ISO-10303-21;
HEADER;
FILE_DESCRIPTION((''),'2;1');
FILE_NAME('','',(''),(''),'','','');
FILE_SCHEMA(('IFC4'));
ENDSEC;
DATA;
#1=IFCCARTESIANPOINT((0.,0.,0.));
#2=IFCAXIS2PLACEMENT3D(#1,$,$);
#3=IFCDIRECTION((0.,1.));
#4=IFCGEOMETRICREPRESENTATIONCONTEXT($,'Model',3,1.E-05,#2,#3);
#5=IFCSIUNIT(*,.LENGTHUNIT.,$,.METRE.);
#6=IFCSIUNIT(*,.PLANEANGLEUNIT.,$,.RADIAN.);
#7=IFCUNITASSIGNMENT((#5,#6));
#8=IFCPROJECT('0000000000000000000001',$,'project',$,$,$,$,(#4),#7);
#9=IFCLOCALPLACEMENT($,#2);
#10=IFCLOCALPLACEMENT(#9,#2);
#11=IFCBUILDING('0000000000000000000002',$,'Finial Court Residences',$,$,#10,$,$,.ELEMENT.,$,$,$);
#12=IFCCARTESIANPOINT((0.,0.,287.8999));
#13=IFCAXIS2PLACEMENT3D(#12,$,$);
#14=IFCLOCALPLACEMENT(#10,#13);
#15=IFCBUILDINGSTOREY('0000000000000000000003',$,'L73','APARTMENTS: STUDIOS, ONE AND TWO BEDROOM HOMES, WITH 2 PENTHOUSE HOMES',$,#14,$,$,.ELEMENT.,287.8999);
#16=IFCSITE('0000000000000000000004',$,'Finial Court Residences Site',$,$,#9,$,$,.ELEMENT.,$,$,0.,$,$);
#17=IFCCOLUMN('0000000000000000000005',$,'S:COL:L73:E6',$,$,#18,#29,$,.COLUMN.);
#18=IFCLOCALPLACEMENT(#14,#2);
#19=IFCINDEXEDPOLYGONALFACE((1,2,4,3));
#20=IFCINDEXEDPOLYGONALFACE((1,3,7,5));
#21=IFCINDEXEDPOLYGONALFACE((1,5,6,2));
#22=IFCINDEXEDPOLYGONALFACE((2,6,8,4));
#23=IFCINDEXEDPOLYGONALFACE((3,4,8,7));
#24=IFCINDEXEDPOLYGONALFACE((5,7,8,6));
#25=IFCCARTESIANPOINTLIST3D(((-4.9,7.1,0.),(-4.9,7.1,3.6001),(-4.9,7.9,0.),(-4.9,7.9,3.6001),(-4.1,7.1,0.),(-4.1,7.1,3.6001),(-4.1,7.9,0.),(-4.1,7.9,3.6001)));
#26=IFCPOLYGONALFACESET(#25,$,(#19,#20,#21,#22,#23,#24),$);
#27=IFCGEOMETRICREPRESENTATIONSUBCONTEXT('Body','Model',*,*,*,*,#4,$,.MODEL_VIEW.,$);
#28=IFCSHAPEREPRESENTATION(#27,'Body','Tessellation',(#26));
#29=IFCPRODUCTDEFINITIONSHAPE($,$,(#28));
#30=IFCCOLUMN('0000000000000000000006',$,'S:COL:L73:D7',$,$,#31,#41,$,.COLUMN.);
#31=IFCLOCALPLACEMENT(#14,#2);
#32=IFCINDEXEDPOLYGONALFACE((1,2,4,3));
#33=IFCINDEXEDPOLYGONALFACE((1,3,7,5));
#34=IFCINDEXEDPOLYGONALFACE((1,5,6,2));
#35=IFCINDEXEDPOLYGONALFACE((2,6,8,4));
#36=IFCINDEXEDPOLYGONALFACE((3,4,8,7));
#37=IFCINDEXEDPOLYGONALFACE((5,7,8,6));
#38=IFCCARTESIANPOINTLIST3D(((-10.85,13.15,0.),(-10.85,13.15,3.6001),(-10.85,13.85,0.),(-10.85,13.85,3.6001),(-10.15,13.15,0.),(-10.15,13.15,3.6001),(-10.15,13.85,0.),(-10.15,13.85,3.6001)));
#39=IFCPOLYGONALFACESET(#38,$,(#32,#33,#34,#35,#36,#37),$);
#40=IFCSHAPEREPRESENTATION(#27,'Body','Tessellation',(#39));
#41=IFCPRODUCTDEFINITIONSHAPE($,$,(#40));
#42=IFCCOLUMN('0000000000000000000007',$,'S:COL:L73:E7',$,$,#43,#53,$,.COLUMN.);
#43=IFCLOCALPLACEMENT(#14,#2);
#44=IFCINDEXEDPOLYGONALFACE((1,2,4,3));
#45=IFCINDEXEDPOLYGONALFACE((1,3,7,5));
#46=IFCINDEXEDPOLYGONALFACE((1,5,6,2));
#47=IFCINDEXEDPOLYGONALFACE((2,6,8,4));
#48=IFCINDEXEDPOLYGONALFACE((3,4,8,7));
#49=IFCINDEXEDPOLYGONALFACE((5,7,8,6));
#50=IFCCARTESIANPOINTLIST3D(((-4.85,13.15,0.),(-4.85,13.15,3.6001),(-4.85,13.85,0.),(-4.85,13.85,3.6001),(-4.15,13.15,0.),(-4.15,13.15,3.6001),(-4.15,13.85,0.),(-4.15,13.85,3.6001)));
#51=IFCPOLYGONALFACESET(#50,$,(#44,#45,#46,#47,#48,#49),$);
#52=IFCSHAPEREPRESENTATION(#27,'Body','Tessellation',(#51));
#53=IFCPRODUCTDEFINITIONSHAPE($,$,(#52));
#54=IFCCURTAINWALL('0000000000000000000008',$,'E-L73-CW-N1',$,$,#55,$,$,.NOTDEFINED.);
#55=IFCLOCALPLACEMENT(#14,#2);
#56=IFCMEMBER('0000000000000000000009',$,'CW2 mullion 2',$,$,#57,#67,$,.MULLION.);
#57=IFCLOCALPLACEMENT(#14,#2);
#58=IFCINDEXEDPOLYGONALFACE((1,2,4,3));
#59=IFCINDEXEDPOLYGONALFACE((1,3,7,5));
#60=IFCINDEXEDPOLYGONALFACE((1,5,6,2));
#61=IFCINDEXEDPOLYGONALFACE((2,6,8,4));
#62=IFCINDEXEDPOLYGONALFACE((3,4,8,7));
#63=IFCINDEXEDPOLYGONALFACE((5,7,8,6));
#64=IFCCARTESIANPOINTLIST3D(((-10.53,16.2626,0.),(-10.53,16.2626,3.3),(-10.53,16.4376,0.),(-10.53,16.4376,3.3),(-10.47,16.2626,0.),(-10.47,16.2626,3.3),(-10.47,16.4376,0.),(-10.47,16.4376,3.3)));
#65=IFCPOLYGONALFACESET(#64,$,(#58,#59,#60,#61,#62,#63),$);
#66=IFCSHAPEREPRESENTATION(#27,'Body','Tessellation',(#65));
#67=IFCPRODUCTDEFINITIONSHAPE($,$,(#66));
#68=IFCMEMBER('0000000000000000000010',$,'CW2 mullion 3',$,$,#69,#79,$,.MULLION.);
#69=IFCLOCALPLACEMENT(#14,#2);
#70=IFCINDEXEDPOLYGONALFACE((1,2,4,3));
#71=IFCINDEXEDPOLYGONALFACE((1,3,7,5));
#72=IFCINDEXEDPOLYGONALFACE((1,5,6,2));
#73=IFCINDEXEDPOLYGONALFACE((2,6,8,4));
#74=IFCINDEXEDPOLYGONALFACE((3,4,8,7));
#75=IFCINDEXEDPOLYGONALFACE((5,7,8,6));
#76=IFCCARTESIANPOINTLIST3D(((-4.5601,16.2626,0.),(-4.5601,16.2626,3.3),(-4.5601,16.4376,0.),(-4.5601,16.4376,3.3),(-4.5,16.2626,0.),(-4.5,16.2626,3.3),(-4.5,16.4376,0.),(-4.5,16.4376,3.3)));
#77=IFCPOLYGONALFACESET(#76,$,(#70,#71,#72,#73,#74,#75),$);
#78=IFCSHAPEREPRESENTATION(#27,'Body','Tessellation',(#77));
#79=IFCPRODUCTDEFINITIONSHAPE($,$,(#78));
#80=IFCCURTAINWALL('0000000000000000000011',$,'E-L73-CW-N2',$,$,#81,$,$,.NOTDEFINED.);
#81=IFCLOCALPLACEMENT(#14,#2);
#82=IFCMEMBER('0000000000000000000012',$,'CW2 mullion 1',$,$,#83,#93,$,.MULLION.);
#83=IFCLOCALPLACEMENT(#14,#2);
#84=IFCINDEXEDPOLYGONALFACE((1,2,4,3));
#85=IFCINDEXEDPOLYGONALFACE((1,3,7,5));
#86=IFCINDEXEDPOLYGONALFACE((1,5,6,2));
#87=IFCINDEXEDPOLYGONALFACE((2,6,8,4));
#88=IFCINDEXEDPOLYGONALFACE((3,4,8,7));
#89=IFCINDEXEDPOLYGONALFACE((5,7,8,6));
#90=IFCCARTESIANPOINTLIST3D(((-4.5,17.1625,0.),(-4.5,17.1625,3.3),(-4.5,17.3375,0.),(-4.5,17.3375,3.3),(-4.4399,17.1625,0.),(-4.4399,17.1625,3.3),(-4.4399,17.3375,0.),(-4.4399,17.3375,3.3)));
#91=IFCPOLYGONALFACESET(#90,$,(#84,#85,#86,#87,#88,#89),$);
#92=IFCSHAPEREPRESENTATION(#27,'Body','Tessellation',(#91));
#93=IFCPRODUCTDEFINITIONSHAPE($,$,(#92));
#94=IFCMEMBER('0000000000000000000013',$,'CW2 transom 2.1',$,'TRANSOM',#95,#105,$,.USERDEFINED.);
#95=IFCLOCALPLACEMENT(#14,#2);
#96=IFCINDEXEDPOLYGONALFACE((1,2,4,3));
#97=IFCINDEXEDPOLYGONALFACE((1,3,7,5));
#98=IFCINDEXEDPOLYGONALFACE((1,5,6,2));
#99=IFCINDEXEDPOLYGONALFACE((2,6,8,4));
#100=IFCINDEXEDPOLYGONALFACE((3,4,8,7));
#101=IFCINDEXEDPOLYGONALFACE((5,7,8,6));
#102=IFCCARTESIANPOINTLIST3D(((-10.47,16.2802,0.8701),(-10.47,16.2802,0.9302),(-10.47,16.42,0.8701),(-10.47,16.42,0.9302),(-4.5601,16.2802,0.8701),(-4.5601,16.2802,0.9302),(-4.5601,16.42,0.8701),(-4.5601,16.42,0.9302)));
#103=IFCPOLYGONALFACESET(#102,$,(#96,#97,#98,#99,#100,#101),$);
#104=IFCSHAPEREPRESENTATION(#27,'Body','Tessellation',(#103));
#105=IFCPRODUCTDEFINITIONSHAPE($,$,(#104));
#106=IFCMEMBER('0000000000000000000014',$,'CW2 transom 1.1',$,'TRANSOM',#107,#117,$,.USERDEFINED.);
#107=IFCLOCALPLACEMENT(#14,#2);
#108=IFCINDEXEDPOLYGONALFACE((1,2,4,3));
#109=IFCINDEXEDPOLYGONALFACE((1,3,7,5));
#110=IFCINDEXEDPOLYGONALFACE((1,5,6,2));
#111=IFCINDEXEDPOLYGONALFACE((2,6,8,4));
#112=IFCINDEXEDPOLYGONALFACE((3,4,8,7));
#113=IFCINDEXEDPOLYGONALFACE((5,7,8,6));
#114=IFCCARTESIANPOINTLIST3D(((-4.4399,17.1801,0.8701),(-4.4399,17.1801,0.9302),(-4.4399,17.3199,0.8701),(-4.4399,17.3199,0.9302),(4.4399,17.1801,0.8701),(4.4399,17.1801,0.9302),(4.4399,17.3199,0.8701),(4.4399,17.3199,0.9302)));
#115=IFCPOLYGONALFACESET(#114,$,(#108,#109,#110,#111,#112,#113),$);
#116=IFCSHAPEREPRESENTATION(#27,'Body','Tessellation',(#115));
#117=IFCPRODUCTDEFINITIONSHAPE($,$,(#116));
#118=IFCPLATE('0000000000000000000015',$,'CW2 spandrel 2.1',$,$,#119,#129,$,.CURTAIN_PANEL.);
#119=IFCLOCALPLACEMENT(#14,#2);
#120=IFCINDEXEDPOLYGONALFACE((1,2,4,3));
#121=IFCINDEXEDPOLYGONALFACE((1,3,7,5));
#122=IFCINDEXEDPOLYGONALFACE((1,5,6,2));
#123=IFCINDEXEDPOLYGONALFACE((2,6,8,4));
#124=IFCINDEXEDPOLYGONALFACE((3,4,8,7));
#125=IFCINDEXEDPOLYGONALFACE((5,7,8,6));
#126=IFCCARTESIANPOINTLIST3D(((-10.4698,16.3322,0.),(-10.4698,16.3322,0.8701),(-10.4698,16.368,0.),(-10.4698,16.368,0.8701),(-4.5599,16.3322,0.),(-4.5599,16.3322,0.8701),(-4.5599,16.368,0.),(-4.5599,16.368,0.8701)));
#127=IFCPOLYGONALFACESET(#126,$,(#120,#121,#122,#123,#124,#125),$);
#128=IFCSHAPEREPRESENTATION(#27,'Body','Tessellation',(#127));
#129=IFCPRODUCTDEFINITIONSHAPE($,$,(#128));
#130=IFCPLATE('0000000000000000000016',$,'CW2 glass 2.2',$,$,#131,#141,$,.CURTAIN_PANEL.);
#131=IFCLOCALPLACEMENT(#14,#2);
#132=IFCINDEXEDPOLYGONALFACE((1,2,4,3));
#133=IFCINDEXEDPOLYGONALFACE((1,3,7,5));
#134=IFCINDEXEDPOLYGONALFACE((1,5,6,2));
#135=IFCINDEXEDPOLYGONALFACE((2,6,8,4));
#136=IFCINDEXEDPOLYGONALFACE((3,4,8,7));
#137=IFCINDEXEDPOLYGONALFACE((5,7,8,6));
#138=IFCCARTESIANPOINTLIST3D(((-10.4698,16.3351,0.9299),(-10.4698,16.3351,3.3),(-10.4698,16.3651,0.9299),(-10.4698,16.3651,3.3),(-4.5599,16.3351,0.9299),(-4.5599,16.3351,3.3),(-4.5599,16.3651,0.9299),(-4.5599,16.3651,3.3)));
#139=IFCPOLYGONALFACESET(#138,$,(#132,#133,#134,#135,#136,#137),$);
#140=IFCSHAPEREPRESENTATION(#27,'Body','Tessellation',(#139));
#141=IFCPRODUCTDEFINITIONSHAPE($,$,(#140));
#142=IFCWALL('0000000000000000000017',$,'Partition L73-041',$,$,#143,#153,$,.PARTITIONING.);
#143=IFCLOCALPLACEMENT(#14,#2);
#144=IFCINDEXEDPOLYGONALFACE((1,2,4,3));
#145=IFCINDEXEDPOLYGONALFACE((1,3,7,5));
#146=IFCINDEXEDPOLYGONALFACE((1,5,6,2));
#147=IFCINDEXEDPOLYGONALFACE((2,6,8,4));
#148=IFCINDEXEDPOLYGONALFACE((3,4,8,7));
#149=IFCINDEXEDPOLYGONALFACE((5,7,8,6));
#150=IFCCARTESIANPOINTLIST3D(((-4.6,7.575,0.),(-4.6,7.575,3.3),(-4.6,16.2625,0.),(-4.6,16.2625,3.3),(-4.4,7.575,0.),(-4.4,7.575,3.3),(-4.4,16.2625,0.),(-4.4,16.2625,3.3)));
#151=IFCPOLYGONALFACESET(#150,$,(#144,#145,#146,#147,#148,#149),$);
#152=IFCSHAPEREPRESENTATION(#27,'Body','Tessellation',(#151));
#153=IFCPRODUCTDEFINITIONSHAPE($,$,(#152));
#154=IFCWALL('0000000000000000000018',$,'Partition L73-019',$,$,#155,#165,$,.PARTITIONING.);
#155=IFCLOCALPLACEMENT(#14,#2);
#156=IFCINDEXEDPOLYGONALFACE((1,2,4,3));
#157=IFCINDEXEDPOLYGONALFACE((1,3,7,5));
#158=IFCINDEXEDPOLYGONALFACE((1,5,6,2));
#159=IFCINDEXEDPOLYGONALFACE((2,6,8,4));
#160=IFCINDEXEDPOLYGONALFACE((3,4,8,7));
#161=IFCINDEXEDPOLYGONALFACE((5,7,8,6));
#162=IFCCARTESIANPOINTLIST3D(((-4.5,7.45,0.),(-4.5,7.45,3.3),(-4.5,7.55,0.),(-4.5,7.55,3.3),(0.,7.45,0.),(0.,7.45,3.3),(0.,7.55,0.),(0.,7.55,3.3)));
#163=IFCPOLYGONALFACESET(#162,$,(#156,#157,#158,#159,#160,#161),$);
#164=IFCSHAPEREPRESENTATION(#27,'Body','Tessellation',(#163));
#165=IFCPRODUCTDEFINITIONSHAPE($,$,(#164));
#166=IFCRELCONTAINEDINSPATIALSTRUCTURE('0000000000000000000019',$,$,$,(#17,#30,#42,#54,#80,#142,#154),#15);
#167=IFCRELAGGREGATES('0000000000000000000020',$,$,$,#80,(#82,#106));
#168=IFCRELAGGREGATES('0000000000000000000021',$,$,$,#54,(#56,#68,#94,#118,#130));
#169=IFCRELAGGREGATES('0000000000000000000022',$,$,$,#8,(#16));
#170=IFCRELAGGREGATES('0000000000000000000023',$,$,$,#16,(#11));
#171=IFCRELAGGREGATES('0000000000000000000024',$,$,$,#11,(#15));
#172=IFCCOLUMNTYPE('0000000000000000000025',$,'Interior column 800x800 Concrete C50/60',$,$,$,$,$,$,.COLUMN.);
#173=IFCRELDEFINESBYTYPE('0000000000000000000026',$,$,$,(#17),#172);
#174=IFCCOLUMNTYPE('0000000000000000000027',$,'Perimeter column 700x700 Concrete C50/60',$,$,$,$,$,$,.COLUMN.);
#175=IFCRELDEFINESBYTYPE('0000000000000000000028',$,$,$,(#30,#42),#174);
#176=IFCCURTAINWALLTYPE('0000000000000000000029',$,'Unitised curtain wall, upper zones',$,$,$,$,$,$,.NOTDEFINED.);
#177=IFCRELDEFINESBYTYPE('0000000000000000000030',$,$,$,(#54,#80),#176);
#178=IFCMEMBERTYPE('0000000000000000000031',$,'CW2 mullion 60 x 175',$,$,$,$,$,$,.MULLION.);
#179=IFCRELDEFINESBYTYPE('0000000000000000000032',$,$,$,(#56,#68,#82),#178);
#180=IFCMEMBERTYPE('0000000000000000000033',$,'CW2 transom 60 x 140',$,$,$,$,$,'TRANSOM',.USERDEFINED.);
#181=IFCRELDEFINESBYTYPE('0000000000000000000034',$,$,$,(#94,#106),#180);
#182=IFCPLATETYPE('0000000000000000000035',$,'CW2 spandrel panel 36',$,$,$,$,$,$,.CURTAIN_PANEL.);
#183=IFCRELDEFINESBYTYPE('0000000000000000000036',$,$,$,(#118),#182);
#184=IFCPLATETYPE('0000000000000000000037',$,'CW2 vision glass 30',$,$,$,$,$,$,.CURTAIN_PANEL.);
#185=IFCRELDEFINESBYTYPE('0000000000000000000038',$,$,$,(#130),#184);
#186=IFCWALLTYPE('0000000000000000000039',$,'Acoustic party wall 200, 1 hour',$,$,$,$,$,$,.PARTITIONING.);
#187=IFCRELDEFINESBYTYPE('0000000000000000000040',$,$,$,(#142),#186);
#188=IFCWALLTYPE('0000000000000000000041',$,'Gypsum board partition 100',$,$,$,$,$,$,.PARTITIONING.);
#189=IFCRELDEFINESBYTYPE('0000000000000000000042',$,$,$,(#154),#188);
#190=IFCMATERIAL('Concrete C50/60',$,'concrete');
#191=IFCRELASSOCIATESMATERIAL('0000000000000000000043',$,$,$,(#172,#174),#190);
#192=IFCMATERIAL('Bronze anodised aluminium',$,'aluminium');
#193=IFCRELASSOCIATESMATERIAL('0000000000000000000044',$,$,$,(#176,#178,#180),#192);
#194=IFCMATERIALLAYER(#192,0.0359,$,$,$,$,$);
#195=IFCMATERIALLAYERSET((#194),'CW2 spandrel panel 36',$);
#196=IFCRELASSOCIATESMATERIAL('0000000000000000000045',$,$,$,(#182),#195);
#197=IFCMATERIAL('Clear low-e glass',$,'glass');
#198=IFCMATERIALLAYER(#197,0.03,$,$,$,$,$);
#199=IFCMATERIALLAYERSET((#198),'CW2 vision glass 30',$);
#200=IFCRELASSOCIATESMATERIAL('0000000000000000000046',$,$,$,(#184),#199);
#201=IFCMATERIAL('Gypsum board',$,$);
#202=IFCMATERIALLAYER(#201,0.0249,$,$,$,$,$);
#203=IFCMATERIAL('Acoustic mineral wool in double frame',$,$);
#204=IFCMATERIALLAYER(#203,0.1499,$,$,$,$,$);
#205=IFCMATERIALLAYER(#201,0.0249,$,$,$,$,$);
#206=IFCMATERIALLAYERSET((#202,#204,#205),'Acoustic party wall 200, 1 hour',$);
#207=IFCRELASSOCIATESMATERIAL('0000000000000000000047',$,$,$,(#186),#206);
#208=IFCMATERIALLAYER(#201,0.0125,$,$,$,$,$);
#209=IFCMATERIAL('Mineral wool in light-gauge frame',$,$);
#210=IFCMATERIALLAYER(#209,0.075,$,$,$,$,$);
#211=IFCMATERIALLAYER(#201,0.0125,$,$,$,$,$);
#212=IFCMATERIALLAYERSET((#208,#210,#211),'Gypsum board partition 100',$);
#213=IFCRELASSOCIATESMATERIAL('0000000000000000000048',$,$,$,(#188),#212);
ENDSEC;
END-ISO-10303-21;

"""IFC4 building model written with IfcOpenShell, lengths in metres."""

from ifc_helpers import new_model, si_unit, direction, frame, frame_2d, origin, origin_2d, place, context, subcontext, project, spatial, rectangle, extrude, material, layer, layer_set, material_profile, profile_set, type_object, element, aggregate, save


model = new_model("IFC4")

# Units and contexts
model_context = context("Model", 3, precision=1e-05, world=origin(), true_north=direction((0.0, 1.0)))
body_context = subcontext(model_context, "Body", "Model", "MODEL_VIEW")
ifc_project = project(units=[si_unit("LENGTHUNIT", "METRE"), si_unit("PLANEANGLEUNIT", "RADIAN")], contexts=[model_context])

# Site, building, storey
site_placement = place(None, origin())
site = spatial("IfcSite", under=ifc_project, at=site_placement, Name="Finial Court Residences Site", CompositionType="ELEMENT", RefElevation=0.0)
building_placement = place(site_placement, origin())
building = spatial("IfcBuilding", under=site, at=building_placement, Name="Finial Court Residences", CompositionType="ELEMENT")
storey_placement = place(building_placement, frame((0.0, 0.0, 287.8999)))
storey = spatial("IfcBuildingStorey", under=building, at=storey_placement, Name="L73", Description="APARTMENTS: STUDIOS, ONE AND TWO BEDROOM HOMES, WITH 2 PENTHOUSE HOMES", CompositionType="ELEMENT", Elevation=287.8999)

# Columns
ifc_material_1 = material(Name="Concrete C50/60", Category="concrete")
ifc_material_profile_1 = material_profile(ifc_material_1, rectangle(XDim=0.8, YDim=0.8, at=origin_2d()), Name="800x800")
ifc_profile_set_1 = profile_set([ifc_material_profile_1], Name="Concrete C50/60")
column_type_1 = type_object("IfcColumnType", Name="Interior column 800x800 Concrete C50/60", PredefinedType="COLUMN", material=ifc_profile_set_1)
column_placement = place(storey_placement, frame((-4.5, 7.5, 0.0), z_axis=(0.0, 0.0, 1.0), x_axis=(1.0, 0.0, 0.0)))
element("IfcColumn", 1, at=column_placement, inside=storey, type_object=column_type_1, Name="S:COL:L73:E6", PredefinedType="COLUMN", context=body_context, shape_type="SweptSolid", body=[
    extrude(rectangle(XDim=0.8, YDim=0.8, at=origin_2d()), origin(), (0.0, 0.0, 1.0), 3.6001),
])
ifc_material_profile_2 = material_profile(ifc_material_1, rectangle(XDim=0.7, YDim=0.7, at=origin_2d()), Name="700x700")
ifc_profile_set_2 = profile_set([ifc_material_profile_2], Name="Concrete C50/60")
column_type_2 = type_object("IfcColumnType", Name="Perimeter column 700x700 Concrete C50/60", PredefinedType="COLUMN", material=ifc_profile_set_2)
for number, where, z_axis, x_axis, name in (
    (2, (-10.5, 13.5, 0.0), (0.0, 0.0, 1.0), (1.0, 0.0, 0.0), "S:COL:L73:D7"),
    (3, (-4.5, 13.5, 0.0), (0.0, 0.0, 1.0), (1.0, 0.0, 0.0), "S:COL:L73:E7"),
):
    element("IfcColumn", number, at=place(storey_placement, frame(where, z_axis=z_axis, x_axis=x_axis)), inside=storey, type_object=column_type_2, Name=name, PredefinedType="COLUMN", context=body_context, shape_type="SweptSolid", body=[
        extrude(rectangle(XDim=0.7, YDim=0.7, at=origin_2d()), origin(), (0.0, 0.0, 1.0), 3.6001),
    ])

# Curtain wall, members
ifc_material_2 = material(Name="Bronze anodised aluminium", Category="aluminium")
curtain_wall_type = type_object("IfcCurtainWallType", Name="Unitised curtain wall, upper zones", PredefinedType="NOTDEFINED", material=ifc_material_2)
curtain_wall_1_placement = place(storey_placement, origin())
curtain_wall_1 = element("IfcCurtainWall", 4, at=curtain_wall_1_placement, inside=storey, type_object=curtain_wall_type, Name="E-L73-CW-N1", PredefinedType="NOTDEFINED")
ifc_material_profile_3 = material_profile(ifc_material_2, rectangle(XDim=0.175, YDim=0.0601, at=origin_2d()), Name="CW2 mullion 60 x 175")
ifc_profile_set_3 = profile_set([ifc_material_profile_3], Name="Bronze anodised aluminium")
member_type_1 = type_object("IfcMemberType", Name="CW2 mullion 60 x 175", PredefinedType="MULLION", material=ifc_profile_set_3)
member_1_placement = place(storey_placement, frame((-10.5, 16.3501, 0.0), z_axis=(0.0, 0.0, 1.0), x_axis=(0.0, 1.0, 0.0)))
member_1 = element("IfcMember", 5, at=member_1_placement, type_object=member_type_1, Name="CW2 mullion 2", PredefinedType="MULLION", context=body_context, shape_type="SweptSolid", body=[
    extrude(rectangle(XDim=0.175, YDim=0.0601, at=origin_2d()), origin(), (0.0, 0.0, 1.0), 3.3),
])
member_2_placement = place(storey_placement, frame((-4.53, 16.3501, 0.0), z_axis=(0.0, 0.0, 1.0), x_axis=(0.0, 1.0, 0.0)))
member_2 = element("IfcMember", 6, at=member_2_placement, type_object=member_type_1, Name="CW2 mullion 3", PredefinedType="MULLION", context=body_context, shape_type="SweptSolid", body=[
    extrude(rectangle(XDim=0.175, YDim=0.0601, at=origin_2d()), origin(), (0.0, 0.0, 1.0), 3.3),
])

# Curtain wall, member
curtain_wall_2_placement = place(storey_placement, origin())
curtain_wall_2 = element("IfcCurtainWall", 7, at=curtain_wall_2_placement, inside=storey, type_object=curtain_wall_type, Name="E-L73-CW-N2", PredefinedType="NOTDEFINED")
member_3_placement = place(storey_placement, frame((-4.47, 17.25, 0.0), z_axis=(0.0, 0.0, 1.0), x_axis=(0.0, 1.0, 0.0)))
member_3 = element("IfcMember", 8, at=member_3_placement, type_object=member_type_1, Name="CW2 mullion 1", PredefinedType="MULLION", context=body_context, shape_type="SweptSolid", body=[
    extrude(rectangle(XDim=0.175, YDim=0.0601, at=origin_2d()), origin(), (0.0, 0.0, 1.0), 3.3),
])

# Members
ifc_material_profile_4 = material_profile(ifc_material_2, rectangle(XDim=0.1399, YDim=0.0601, at=origin_2d()), Name="CW2 transom 60 x 140")
ifc_profile_set_4 = profile_set([ifc_material_profile_4], Name="Bronze anodised aluminium")
member_type_2 = type_object("IfcMemberType", Name="CW2 transom 60 x 140", ElementType="TRANSOM", PredefinedType="USERDEFINED", material=ifc_profile_set_4)
member_4_placement = place(storey_placement, frame((-10.47, 16.3501, 0.9001), z_axis=(1.0, 0.0, 0.0), x_axis=(0.0, 1.0, 0.0)))
member_4 = element("IfcMember", 9, at=member_4_placement, type_object=member_type_2, Name="CW2 transom 2.1", ObjectType="TRANSOM", PredefinedType="USERDEFINED", context=body_context, shape_type="SweptSolid", body=[
    extrude(rectangle(XDim=0.1399, YDim=0.0601, at=origin_2d()), origin(), (0.0, 0.0, 1.0), 5.9099),
])
member_5_placement = place(storey_placement, frame((-4.4399, 17.25, 0.9001), z_axis=(1.0, 0.0, 0.0), x_axis=(0.0, 1.0, 0.0)))
member_5 = element("IfcMember", 10, at=member_5_placement, type_object=member_type_2, Name="CW2 transom 1.1", ObjectType="TRANSOM", PredefinedType="USERDEFINED", context=body_context, shape_type="SweptSolid", body=[
    extrude(rectangle(XDim=0.1399, YDim=0.0601, at=origin_2d()), origin(), (0.0, 0.0, 1.0), 8.8799),
])
aggregate(curtain_wall_2, [member_3, member_5])

# Plates
ifc_layer_1 = layer(ifc_material_2, 0.0359)
ifc_layer_set_1 = layer_set([ifc_layer_1], Name="CW2 spandrel panel 36")
plate_type_1 = type_object("IfcPlateType", Name="CW2 spandrel panel 36", PredefinedType="CURTAIN_PANEL", material=ifc_layer_set_1)
plate_1_placement = place(storey_placement, frame((-7.5149, 16.3501, 0.0), z_axis=(0.0, 0.0, 1.0), x_axis=(1.0, 0.0, 0.0)))
plate_1 = element("IfcPlate", 11, at=plate_1_placement, type_object=plate_type_1, Name="CW2 spandrel 2.1", PredefinedType="CURTAIN_PANEL", context=body_context, shape_type="SweptSolid", body=[
    extrude(rectangle(XDim=5.9099, YDim=0.0359, at=origin_2d()), origin(), (0.0, 0.0, 1.0), 0.8701),
])
ifc_material_3 = material(Name="Clear low-e glass", Category="glass")
ifc_layer_2 = layer(ifc_material_3, 0.03)
ifc_layer_set_2 = layer_set([ifc_layer_2], Name="CW2 vision glass 30")
plate_type_2 = type_object("IfcPlateType", Name="CW2 vision glass 30", PredefinedType="CURTAIN_PANEL", material=ifc_layer_set_2)
plate_2_placement = place(storey_placement, frame((-7.5149, 16.3501, 0.9299), z_axis=(0.0, 0.0, 1.0), x_axis=(1.0, 0.0, 0.0)))
plate_2 = element("IfcPlate", 12, at=plate_2_placement, type_object=plate_type_2, Name="CW2 glass 2.2", PredefinedType="CURTAIN_PANEL", context=body_context, shape_type="SweptSolid", body=[
    extrude(rectangle(XDim=5.9099, YDim=0.03, at=origin_2d()), origin(), (0.0, 0.0, 1.0), 2.3701),
])
aggregate(curtain_wall_1, [member_1, member_2, member_4, plate_1, plate_2])

# Walls
ifc_material_4 = material(Name="Gypsum board")
ifc_layer_3 = layer(ifc_material_4, 0.0249)
ifc_material_5 = material(Name="Acoustic mineral wool in double frame")
ifc_layer_4 = layer(ifc_material_5, 0.1499)
ifc_layer_5 = layer(ifc_material_4, 0.0249)
ifc_layer_set_3 = layer_set([ifc_layer_3, ifc_layer_4, ifc_layer_5], Name="Acoustic party wall 200, 1 hour")
wall_type_1 = type_object("IfcWallType", Name="Acoustic party wall 200, 1 hour", PredefinedType="PARTITIONING", material=ifc_layer_set_3)
wall_1_placement = place(storey_placement, frame((-4.5, 7.575, 0.0), z_axis=(0.0, 0.0, 1.0), x_axis=(0.0, 1.0, 0.0)))
element("IfcWall", 13, at=wall_1_placement, inside=storey, type_object=wall_type_1, Name="Partition L73-041", PredefinedType="PARTITIONING", context=body_context, shape_type="SweptSolid", body=[
    extrude(rectangle(XDim=8.6875, YDim=0.2, at=frame_2d((4.3438, 0.0))), origin(), (0.0, 0.0, 1.0), 3.3),
])
ifc_layer_6 = layer(ifc_material_4, 0.0125)
ifc_material_6 = material(Name="Mineral wool in light-gauge frame")
ifc_layer_7 = layer(ifc_material_6, 0.075)
ifc_layer_8 = layer(ifc_material_4, 0.0125)
ifc_layer_set_4 = layer_set([ifc_layer_6, ifc_layer_7, ifc_layer_8], Name="Gypsum board partition 100")
wall_type_2 = type_object("IfcWallType", Name="Gypsum board partition 100", PredefinedType="PARTITIONING", material=ifc_layer_set_4)
wall_2_placement = place(storey_placement, frame((-4.5, 7.5, 0.0), z_axis=(0.0, 0.0, 1.0), x_axis=(1.0, 0.0, 0.0)))
element("IfcWall", 14, at=wall_2_placement, inside=storey, type_object=wall_type_2, Name="Partition L73-019", PredefinedType="PARTITIONING", context=body_context, shape_type="SweptSolid", body=[
    extrude(rectangle(XDim=4.5, YDim=0.1001, at=frame_2d((2.25, 0.0))), origin(), (0.0, 0.0, 1.0), 3.3),
])

save(model, "model.ifc")
